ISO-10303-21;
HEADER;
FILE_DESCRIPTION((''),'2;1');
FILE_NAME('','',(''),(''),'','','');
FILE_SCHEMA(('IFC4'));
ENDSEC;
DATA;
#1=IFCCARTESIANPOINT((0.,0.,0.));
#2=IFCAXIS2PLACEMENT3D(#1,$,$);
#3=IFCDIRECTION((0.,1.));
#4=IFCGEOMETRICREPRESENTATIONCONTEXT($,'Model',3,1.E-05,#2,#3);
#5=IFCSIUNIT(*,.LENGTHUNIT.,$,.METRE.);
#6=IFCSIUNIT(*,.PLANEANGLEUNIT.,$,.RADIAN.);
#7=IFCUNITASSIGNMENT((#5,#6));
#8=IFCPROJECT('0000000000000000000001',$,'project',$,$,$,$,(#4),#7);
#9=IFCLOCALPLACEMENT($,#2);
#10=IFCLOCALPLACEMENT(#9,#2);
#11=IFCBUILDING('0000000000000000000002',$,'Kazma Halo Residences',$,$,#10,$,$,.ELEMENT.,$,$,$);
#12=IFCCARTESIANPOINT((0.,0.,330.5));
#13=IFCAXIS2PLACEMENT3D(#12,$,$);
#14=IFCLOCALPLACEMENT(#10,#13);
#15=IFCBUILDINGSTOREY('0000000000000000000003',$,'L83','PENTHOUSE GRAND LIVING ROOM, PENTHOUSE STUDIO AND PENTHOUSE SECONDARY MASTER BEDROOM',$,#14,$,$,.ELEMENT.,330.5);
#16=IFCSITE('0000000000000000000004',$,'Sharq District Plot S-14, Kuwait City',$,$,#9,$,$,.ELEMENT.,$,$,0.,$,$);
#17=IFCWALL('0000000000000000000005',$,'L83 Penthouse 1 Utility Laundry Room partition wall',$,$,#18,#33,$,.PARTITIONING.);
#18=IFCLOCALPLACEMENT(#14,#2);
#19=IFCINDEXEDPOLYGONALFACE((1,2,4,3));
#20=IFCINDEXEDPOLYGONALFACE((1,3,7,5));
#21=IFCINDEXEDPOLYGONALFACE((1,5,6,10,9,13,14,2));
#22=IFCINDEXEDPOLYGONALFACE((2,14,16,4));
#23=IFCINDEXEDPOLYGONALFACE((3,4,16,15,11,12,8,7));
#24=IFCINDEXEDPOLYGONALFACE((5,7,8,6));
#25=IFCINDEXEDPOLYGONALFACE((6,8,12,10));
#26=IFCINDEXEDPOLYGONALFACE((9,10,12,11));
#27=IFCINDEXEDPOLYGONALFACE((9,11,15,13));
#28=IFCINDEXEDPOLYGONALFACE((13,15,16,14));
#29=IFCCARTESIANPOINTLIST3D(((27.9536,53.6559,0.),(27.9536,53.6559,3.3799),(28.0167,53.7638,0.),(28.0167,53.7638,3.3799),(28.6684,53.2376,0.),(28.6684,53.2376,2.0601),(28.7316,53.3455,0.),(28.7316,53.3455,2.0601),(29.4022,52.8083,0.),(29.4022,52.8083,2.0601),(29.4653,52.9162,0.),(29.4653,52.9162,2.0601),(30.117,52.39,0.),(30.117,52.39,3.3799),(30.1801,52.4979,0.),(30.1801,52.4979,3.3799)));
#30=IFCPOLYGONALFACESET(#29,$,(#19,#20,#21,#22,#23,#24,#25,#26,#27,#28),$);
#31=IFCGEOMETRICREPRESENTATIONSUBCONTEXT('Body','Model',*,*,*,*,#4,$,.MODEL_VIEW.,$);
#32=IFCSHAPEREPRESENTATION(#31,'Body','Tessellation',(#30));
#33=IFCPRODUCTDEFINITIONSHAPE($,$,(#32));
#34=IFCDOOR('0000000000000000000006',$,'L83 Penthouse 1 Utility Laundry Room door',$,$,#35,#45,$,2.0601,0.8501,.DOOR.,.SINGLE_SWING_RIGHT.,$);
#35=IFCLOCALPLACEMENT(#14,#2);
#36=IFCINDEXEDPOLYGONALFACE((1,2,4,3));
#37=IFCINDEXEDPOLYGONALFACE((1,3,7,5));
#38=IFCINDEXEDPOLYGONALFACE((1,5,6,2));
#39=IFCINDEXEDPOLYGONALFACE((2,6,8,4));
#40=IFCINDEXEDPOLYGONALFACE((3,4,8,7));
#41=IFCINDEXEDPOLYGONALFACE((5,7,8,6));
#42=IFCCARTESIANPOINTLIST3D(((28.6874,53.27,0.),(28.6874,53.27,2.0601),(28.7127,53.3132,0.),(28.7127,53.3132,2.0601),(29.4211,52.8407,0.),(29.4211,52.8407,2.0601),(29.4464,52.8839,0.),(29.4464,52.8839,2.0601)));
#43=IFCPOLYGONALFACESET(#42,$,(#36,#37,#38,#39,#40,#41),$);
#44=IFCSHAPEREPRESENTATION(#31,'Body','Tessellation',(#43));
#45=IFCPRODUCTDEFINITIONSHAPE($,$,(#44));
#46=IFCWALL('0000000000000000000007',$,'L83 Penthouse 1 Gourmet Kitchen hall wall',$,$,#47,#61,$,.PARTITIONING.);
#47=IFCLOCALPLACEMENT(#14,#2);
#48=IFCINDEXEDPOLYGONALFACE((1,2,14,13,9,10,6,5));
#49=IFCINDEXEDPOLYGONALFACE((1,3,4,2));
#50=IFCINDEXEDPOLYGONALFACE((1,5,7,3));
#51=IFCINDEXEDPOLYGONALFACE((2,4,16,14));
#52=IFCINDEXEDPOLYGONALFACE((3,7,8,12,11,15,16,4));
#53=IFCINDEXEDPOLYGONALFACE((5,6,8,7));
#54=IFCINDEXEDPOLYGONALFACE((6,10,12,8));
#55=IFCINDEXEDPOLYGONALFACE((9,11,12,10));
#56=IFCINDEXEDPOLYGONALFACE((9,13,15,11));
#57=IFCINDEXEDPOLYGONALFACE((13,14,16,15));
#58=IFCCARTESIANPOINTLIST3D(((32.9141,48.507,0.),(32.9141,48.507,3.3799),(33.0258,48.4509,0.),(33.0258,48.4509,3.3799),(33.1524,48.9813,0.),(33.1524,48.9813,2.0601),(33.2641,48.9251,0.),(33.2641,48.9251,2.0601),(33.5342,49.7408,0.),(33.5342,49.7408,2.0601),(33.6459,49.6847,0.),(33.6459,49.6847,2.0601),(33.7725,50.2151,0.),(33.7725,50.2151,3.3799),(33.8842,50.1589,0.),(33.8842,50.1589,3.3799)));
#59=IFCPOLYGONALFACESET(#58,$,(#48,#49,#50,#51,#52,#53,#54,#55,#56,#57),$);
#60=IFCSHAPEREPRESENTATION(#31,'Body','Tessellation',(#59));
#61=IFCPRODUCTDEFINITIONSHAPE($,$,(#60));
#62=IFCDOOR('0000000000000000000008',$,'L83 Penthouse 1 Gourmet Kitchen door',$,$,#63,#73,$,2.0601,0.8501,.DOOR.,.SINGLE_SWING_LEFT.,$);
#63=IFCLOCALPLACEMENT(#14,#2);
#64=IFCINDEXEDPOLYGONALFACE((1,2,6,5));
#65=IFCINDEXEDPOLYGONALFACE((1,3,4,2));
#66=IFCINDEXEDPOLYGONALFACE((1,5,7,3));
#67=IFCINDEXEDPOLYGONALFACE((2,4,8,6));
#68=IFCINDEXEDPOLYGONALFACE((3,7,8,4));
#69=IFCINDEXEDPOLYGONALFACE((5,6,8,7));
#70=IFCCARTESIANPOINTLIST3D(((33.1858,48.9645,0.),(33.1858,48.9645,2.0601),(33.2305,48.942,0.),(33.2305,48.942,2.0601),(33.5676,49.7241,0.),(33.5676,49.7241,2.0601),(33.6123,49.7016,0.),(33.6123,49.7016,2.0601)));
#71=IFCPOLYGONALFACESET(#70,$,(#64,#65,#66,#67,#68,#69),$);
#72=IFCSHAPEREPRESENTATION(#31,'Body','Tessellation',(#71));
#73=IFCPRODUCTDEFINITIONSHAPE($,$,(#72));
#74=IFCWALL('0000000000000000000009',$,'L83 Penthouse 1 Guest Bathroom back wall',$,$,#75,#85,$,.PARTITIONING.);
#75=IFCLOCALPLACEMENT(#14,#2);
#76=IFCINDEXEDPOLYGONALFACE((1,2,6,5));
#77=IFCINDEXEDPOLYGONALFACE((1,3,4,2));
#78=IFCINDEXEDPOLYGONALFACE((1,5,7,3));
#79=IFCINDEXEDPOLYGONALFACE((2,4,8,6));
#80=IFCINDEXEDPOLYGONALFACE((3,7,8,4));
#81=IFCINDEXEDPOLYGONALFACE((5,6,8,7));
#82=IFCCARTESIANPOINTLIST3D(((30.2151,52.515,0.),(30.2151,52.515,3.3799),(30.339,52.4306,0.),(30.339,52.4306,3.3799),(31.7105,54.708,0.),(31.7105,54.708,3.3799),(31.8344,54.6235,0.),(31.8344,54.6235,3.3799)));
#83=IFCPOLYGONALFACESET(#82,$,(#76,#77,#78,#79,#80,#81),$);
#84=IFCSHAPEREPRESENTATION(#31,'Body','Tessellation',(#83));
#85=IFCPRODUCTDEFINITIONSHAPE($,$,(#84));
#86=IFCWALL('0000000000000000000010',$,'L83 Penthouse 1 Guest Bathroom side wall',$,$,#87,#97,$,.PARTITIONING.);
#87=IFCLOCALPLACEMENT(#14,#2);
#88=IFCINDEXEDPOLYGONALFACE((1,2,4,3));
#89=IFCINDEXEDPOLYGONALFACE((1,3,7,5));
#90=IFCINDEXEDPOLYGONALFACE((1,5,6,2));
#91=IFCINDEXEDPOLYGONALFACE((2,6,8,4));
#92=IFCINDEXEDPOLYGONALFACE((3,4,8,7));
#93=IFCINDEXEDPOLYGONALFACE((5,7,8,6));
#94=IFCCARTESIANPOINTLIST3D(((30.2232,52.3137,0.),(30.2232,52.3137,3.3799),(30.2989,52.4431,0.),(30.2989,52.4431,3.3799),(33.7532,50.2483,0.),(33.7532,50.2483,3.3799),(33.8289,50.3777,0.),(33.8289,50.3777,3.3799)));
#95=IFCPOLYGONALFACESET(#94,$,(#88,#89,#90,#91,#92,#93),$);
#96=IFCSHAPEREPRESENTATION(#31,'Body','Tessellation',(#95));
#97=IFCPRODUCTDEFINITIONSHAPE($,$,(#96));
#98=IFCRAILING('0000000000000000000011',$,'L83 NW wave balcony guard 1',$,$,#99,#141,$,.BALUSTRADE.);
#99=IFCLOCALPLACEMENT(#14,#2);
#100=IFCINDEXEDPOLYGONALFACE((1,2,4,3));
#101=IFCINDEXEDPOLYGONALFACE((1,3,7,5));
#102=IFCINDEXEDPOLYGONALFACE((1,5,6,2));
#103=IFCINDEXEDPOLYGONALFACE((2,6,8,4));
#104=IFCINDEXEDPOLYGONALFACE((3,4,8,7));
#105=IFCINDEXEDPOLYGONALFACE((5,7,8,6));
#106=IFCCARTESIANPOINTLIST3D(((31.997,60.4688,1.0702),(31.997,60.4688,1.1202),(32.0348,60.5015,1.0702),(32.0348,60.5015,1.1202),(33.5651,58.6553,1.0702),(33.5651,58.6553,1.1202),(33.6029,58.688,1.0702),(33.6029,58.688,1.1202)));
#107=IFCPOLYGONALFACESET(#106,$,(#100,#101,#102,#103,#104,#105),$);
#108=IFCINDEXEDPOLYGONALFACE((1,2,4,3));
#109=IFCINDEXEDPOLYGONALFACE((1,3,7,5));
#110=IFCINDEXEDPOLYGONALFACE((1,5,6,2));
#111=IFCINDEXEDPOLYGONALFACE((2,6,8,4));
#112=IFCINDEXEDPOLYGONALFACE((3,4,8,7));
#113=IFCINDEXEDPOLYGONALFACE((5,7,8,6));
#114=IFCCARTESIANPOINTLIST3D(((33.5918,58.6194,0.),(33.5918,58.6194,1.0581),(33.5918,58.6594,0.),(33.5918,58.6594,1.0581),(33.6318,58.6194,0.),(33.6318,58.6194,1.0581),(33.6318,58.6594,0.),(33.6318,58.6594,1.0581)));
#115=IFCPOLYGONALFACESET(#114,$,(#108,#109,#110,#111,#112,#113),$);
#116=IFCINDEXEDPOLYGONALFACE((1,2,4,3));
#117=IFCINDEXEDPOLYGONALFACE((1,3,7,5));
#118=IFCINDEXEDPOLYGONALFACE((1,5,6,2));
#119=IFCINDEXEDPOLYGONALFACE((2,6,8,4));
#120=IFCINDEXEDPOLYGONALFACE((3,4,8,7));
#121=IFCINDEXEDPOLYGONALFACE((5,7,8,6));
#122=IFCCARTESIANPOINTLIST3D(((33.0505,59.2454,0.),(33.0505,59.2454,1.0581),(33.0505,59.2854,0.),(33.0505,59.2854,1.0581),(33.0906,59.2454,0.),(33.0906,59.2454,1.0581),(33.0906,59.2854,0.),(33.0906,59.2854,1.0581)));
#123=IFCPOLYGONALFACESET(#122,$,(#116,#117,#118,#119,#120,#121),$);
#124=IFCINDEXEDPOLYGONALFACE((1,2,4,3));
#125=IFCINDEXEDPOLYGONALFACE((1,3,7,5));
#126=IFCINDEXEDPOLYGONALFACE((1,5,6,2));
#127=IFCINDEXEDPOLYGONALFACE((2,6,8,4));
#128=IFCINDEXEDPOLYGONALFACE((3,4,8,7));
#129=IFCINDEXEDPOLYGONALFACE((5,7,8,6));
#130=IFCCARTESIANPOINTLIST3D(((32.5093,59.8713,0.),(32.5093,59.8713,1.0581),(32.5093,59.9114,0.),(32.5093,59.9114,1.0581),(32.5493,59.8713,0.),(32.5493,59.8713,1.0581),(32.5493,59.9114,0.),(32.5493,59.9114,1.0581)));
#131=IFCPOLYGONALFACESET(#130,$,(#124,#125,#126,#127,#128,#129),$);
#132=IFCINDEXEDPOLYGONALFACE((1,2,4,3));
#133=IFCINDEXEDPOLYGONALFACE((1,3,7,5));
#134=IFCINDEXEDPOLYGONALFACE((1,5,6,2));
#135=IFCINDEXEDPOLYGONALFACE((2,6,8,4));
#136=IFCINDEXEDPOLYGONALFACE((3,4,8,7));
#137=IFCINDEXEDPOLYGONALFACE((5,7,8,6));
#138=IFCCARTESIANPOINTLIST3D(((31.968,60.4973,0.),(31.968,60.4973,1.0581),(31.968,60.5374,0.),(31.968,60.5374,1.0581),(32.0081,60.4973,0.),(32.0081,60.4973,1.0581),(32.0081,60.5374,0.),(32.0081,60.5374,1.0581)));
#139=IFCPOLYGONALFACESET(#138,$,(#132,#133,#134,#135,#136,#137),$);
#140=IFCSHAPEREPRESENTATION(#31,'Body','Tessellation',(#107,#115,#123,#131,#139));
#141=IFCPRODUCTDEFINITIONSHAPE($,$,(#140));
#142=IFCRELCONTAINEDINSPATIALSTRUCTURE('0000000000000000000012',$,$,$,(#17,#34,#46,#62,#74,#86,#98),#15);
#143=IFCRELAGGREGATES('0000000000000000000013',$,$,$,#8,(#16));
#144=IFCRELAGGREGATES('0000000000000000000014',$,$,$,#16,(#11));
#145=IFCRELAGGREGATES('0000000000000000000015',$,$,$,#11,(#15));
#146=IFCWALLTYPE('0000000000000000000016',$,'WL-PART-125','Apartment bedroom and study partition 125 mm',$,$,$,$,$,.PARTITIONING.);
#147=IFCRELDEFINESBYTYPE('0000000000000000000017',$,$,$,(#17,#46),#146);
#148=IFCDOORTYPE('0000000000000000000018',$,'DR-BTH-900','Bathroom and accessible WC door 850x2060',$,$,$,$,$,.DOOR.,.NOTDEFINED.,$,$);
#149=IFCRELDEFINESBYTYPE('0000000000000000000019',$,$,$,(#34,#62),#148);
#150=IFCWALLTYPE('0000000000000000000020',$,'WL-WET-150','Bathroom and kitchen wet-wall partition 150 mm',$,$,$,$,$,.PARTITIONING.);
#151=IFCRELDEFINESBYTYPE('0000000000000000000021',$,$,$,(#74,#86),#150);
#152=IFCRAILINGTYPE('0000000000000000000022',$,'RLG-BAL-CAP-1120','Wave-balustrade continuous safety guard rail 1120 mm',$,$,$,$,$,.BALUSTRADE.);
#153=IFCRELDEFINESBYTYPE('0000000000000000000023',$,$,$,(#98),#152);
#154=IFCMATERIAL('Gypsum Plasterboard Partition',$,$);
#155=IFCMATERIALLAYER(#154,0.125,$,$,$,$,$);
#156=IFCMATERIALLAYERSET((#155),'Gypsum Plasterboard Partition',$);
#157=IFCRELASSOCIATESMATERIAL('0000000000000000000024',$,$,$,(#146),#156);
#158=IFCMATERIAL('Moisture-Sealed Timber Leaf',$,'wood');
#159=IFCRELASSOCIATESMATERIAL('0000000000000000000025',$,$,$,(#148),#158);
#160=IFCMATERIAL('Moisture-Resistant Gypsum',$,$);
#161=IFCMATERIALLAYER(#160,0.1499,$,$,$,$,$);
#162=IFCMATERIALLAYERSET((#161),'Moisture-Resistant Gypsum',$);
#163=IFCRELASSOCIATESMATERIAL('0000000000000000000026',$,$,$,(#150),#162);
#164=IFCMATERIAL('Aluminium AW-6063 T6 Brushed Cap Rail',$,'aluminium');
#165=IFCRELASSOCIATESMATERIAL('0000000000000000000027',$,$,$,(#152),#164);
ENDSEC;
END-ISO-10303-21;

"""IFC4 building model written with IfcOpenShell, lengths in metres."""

from ifc_helpers import new_model, si_unit, direction, frame, frame_2d, origin, origin_2d, place, context, subcontext, project, spatial, rectangle, extrude, material, layer, layer_set, type_object, element, fill, save


model = new_model("IFC4")

# Units and contexts
model_context = context("Model", 3, precision=1e-05, world=origin(), true_north=direction((0.0, 1.0)))
body_context = subcontext(model_context, "Body", "Model", "MODEL_VIEW")
ifc_project = project(units=[si_unit("LENGTHUNIT", "METRE"), si_unit("PLANEANGLEUNIT", "RADIAN")], contexts=[model_context])

# Site, building, storey
site_placement = place(None, origin())
site = spatial("IfcSite", under=ifc_project, at=site_placement, Name="Sharq District Plot S-14, Kuwait City", CompositionType="ELEMENT", RefElevation=0.0)
building_placement = place(site_placement, origin())
building = spatial("IfcBuilding", under=site, at=building_placement, Name="Kazma Halo Residences", CompositionType="ELEMENT")
storey_placement = place(building_placement, frame((0.0, 0.0, 330.5)))
storey = spatial("IfcBuildingStorey", under=building, at=storey_placement, Name="L83", Description="PENTHOUSE GRAND LIVING ROOM, PENTHOUSE STUDIO AND PENTHOUSE SECONDARY MASTER BEDROOM", CompositionType="ELEMENT", Elevation=330.5)

# Walls, openings, doors
ifc_material_1 = material(Name="Gypsum Plasterboard Partition")
ifc_layer_1 = layer(ifc_material_1, 0.125)
ifc_layer_set_1 = layer_set([ifc_layer_1], Name="Gypsum Plasterboard Partition")
wall_type_1 = type_object("IfcWallType", Name="WL-PART-125", Description="Apartment bedroom and study partition 125 mm", PredefinedType="PARTITIONING", material=ifc_layer_set_1)
wall_1_placement = place(storey_placement, frame((30.1487, 52.4438, 0.0), z_axis=(0.0, 0.0, 1.0), x_axis=(-0.863096, 0.505039, 0.0)))
wall_1 = element("IfcWall", 1, at=wall_1_placement, inside=storey, type_object=wall_type_1, Name="L83 Penthouse 1 Utility Laundry Room partition wall", PredefinedType="PARTITIONING", context=body_context, shape_type="SweptSolid", body=[
    extrude(rectangle(XDim=2.5066, YDim=0.125, at=frame_2d((1.2534, 0.0))), origin(), (0.0, 0.0, 1.0), 3.3799),
])
opening_1_placement = place(wall_1_placement, frame((0.8284, 0.0, 0.0)))
opening_1 = element("IfcOpeningElement", 2, at=opening_1_placement, cuts=wall_1, PredefinedType="OPENING", context=body_context, shape_type="SweptSolid", body=[
    extrude(rectangle(XDim=0.8501, YDim=2.0601, at=frame_2d((0.425, 1.03))), frame((0.0, 0.0725, 0.0), z_axis=(0.0, -1.0, 0.0), x_axis=(1.0, 0.0, 0.0)), (0.0, 0.0, 1.0), 0.145),
])
ifc_material_2 = material(Name="Moisture-Sealed Timber Leaf", Category="wood")
door_type_1 = type_object("IfcDoorType", Name="DR-BTH-900", Description="Bathroom and accessible WC door 850x2060", OperationType="NOTDEFINED", PredefinedType="DOOR", material=ifc_material_2)
door_1_placement = place(opening_1_placement, origin())
door_1 = element("IfcDoor", 3, at=door_1_placement, inside=storey, type_object=door_type_1, Name="L83 Penthouse 1 Utility Laundry Room door", OperationType="SINGLE_SWING_RIGHT", OverallHeight=2.0601, OverallWidth=0.8501, PredefinedType="DOOR", context=body_context, shape_type="SweptSolid", body=[
    extrude(rectangle(XDim=0.8501, YDim=2.0601, at=frame_2d((0.425, 1.03))), frame((0.0, 0.0249, 0.0), z_axis=(0.0, -1.0, 0.0), x_axis=(1.0, 0.0, 0.0)), (0.0, 0.0, 1.0), 0.05),
])
fill(opening_1, door_1)
wall_2_placement = place(storey_placement, frame((33.8284, 50.187, 0.0), z_axis=(0.0, 0.0, 1.0), x_axis=(-0.449052, -0.893506, 0.0)))
wall_2 = element("IfcWall", 4, at=wall_2_placement, inside=storey, type_object=wall_type_1, Name="L83 Penthouse 1 Gourmet Kitchen hall wall", PredefinedType="PARTITIONING", context=body_context, shape_type="SweptSolid", body=[
    extrude(rectangle(XDim=1.9116, YDim=0.125, at=frame_2d((0.9558, 0.0))), origin(), (0.0, 0.0, 1.0), 3.3799),
])
opening_2_placement = place(wall_2_placement, frame((0.5308, 0.0, 0.0)))
opening_2 = element("IfcOpeningElement", 5, at=opening_2_placement, cuts=wall_2, PredefinedType="OPENING", context=body_context, shape_type="SweptSolid", body=[
    extrude(rectangle(XDim=0.8501, YDim=2.0601, at=frame_2d((0.425, 1.03))), frame((0.0, 0.0725, 0.0), z_axis=(0.0, -1.0, 0.0), x_axis=(1.0, 0.0, 0.0)), (0.0, 0.0, 1.0), 0.145),
])
door_2_placement = place(opening_2_placement, origin())
door_2 = element("IfcDoor", 6, at=door_2_placement, inside=storey, type_object=door_type_1, Name="L83 Penthouse 1 Gourmet Kitchen door", OperationType="SINGLE_SWING_LEFT", OverallHeight=2.0601, OverallWidth=0.8501, PredefinedType="DOOR", context=body_context, shape_type="SweptSolid", body=[
    extrude(rectangle(XDim=0.8501, YDim=2.0601, at=frame_2d((0.425, 1.03))), frame((0.0, 0.0249, 0.0), z_axis=(0.0, -1.0, 0.0), x_axis=(1.0, 0.0, 0.0)), (0.0, 0.0, 1.0), 0.05),
])
fill(opening_2, door_2)

# Walls
ifc_material_3 = material(Name="Moisture-Resistant Gypsum")
ifc_layer_2 = layer(ifc_material_3, 0.1499)
ifc_layer_set_2 = layer_set([ifc_layer_2], Name="Moisture-Resistant Gypsum")
wall_type_2 = type_object("IfcWallType", Name="WL-WET-150", Description="Bathroom and kitchen wet-wall partition 150 mm", PredefinedType="PARTITIONING", material=ifc_layer_set_2)
wall_3_placement = place(storey_placement, frame((31.7725, 54.6658, 0.0), z_axis=(0.0, 0.0, 1.0), x_axis=(-0.563394, -0.826188, 0.0)))
element("IfcWall", 7, at=wall_3_placement, inside=storey, type_object=wall_type_2, Name="L83 Penthouse 1 Guest Bathroom back wall", PredefinedType="PARTITIONING", context=body_context, shape_type="SweptSolid", body=[
    extrude(rectangle(XDim=2.6543, YDim=0.1499, at=frame_2d((1.3271, 0.0))), origin(), (0.0, 0.0, 1.0), 3.3799),
])
wall_4_placement = place(storey_placement, frame((33.791, 50.313, 0.0), z_axis=(0.0, 0.0, 1.0), x_axis=(-0.863113, 0.50501, 0.0)))
element("IfcWall", 8, at=wall_4_placement, inside=storey, type_object=wall_type_2, Name="L83 Penthouse 1 Guest Bathroom side wall", PredefinedType="PARTITIONING", context=body_context, shape_type="SweptSolid", body=[
    extrude(rectangle(XDim=4.0898, YDim=0.1499, at=frame_2d((2.0449, 0.0))), origin(), (0.0, 0.0, 1.0), 3.3799),
])

# Railing
ifc_material_4 = material(Name="Aluminium AW-6063 T6 Brushed Cap Rail", Category="aluminium")
railing_type = type_object("IfcRailingType", Name="RLG-BAL-CAP-1120", Description="Wave-balustrade continuous safety guard rail 1120 mm", PredefinedType="BALUSTRADE", material=ifc_material_4)
railing_1_placement = place(storey_placement, frame((33.6118, 58.6394, 0.0)))
element("IfcRailing", 9, at=railing_1_placement, inside=storey, type_object=railing_type, Name="L83 NW wave balcony guard 1", PredefinedType="BALUSTRADE", context=body_context, shape_type="SweptSolid", body=[
    extrude(rectangle(XDim=0.05, YDim=0.05, at=origin_2d()), frame((-0.0278, 0.0322, 1.0952), z_axis=(-0.654065, 0.756438, 0.0), x_axis=(-0.756438, -0.654065, 0.0)), (0.0, 0.0, 1.0), 2.3975),
    extrude(rectangle(XDim=0.04, YDim=0.04, at=origin_2d()), origin(), (0.0, 0.0, 1.0), 1.0581),
    extrude(rectangle(XDim=0.04, YDim=0.04, at=origin_2d()), frame((-0.5413, 0.626, 0.0)), (0.0, 0.0, 1.0), 1.0581),
    extrude(rectangle(XDim=0.04, YDim=0.04, at=origin_2d()), frame((-1.0825, 1.252, 0.0)), (0.0, 0.0, 1.0), 1.0581),
    extrude(rectangle(XDim=0.04, YDim=0.04, at=origin_2d()), frame((-1.6238, 1.8779, 0.0)), (0.0, 0.0, 1.0), 1.0581),
])

save(model, "model.ifc")
